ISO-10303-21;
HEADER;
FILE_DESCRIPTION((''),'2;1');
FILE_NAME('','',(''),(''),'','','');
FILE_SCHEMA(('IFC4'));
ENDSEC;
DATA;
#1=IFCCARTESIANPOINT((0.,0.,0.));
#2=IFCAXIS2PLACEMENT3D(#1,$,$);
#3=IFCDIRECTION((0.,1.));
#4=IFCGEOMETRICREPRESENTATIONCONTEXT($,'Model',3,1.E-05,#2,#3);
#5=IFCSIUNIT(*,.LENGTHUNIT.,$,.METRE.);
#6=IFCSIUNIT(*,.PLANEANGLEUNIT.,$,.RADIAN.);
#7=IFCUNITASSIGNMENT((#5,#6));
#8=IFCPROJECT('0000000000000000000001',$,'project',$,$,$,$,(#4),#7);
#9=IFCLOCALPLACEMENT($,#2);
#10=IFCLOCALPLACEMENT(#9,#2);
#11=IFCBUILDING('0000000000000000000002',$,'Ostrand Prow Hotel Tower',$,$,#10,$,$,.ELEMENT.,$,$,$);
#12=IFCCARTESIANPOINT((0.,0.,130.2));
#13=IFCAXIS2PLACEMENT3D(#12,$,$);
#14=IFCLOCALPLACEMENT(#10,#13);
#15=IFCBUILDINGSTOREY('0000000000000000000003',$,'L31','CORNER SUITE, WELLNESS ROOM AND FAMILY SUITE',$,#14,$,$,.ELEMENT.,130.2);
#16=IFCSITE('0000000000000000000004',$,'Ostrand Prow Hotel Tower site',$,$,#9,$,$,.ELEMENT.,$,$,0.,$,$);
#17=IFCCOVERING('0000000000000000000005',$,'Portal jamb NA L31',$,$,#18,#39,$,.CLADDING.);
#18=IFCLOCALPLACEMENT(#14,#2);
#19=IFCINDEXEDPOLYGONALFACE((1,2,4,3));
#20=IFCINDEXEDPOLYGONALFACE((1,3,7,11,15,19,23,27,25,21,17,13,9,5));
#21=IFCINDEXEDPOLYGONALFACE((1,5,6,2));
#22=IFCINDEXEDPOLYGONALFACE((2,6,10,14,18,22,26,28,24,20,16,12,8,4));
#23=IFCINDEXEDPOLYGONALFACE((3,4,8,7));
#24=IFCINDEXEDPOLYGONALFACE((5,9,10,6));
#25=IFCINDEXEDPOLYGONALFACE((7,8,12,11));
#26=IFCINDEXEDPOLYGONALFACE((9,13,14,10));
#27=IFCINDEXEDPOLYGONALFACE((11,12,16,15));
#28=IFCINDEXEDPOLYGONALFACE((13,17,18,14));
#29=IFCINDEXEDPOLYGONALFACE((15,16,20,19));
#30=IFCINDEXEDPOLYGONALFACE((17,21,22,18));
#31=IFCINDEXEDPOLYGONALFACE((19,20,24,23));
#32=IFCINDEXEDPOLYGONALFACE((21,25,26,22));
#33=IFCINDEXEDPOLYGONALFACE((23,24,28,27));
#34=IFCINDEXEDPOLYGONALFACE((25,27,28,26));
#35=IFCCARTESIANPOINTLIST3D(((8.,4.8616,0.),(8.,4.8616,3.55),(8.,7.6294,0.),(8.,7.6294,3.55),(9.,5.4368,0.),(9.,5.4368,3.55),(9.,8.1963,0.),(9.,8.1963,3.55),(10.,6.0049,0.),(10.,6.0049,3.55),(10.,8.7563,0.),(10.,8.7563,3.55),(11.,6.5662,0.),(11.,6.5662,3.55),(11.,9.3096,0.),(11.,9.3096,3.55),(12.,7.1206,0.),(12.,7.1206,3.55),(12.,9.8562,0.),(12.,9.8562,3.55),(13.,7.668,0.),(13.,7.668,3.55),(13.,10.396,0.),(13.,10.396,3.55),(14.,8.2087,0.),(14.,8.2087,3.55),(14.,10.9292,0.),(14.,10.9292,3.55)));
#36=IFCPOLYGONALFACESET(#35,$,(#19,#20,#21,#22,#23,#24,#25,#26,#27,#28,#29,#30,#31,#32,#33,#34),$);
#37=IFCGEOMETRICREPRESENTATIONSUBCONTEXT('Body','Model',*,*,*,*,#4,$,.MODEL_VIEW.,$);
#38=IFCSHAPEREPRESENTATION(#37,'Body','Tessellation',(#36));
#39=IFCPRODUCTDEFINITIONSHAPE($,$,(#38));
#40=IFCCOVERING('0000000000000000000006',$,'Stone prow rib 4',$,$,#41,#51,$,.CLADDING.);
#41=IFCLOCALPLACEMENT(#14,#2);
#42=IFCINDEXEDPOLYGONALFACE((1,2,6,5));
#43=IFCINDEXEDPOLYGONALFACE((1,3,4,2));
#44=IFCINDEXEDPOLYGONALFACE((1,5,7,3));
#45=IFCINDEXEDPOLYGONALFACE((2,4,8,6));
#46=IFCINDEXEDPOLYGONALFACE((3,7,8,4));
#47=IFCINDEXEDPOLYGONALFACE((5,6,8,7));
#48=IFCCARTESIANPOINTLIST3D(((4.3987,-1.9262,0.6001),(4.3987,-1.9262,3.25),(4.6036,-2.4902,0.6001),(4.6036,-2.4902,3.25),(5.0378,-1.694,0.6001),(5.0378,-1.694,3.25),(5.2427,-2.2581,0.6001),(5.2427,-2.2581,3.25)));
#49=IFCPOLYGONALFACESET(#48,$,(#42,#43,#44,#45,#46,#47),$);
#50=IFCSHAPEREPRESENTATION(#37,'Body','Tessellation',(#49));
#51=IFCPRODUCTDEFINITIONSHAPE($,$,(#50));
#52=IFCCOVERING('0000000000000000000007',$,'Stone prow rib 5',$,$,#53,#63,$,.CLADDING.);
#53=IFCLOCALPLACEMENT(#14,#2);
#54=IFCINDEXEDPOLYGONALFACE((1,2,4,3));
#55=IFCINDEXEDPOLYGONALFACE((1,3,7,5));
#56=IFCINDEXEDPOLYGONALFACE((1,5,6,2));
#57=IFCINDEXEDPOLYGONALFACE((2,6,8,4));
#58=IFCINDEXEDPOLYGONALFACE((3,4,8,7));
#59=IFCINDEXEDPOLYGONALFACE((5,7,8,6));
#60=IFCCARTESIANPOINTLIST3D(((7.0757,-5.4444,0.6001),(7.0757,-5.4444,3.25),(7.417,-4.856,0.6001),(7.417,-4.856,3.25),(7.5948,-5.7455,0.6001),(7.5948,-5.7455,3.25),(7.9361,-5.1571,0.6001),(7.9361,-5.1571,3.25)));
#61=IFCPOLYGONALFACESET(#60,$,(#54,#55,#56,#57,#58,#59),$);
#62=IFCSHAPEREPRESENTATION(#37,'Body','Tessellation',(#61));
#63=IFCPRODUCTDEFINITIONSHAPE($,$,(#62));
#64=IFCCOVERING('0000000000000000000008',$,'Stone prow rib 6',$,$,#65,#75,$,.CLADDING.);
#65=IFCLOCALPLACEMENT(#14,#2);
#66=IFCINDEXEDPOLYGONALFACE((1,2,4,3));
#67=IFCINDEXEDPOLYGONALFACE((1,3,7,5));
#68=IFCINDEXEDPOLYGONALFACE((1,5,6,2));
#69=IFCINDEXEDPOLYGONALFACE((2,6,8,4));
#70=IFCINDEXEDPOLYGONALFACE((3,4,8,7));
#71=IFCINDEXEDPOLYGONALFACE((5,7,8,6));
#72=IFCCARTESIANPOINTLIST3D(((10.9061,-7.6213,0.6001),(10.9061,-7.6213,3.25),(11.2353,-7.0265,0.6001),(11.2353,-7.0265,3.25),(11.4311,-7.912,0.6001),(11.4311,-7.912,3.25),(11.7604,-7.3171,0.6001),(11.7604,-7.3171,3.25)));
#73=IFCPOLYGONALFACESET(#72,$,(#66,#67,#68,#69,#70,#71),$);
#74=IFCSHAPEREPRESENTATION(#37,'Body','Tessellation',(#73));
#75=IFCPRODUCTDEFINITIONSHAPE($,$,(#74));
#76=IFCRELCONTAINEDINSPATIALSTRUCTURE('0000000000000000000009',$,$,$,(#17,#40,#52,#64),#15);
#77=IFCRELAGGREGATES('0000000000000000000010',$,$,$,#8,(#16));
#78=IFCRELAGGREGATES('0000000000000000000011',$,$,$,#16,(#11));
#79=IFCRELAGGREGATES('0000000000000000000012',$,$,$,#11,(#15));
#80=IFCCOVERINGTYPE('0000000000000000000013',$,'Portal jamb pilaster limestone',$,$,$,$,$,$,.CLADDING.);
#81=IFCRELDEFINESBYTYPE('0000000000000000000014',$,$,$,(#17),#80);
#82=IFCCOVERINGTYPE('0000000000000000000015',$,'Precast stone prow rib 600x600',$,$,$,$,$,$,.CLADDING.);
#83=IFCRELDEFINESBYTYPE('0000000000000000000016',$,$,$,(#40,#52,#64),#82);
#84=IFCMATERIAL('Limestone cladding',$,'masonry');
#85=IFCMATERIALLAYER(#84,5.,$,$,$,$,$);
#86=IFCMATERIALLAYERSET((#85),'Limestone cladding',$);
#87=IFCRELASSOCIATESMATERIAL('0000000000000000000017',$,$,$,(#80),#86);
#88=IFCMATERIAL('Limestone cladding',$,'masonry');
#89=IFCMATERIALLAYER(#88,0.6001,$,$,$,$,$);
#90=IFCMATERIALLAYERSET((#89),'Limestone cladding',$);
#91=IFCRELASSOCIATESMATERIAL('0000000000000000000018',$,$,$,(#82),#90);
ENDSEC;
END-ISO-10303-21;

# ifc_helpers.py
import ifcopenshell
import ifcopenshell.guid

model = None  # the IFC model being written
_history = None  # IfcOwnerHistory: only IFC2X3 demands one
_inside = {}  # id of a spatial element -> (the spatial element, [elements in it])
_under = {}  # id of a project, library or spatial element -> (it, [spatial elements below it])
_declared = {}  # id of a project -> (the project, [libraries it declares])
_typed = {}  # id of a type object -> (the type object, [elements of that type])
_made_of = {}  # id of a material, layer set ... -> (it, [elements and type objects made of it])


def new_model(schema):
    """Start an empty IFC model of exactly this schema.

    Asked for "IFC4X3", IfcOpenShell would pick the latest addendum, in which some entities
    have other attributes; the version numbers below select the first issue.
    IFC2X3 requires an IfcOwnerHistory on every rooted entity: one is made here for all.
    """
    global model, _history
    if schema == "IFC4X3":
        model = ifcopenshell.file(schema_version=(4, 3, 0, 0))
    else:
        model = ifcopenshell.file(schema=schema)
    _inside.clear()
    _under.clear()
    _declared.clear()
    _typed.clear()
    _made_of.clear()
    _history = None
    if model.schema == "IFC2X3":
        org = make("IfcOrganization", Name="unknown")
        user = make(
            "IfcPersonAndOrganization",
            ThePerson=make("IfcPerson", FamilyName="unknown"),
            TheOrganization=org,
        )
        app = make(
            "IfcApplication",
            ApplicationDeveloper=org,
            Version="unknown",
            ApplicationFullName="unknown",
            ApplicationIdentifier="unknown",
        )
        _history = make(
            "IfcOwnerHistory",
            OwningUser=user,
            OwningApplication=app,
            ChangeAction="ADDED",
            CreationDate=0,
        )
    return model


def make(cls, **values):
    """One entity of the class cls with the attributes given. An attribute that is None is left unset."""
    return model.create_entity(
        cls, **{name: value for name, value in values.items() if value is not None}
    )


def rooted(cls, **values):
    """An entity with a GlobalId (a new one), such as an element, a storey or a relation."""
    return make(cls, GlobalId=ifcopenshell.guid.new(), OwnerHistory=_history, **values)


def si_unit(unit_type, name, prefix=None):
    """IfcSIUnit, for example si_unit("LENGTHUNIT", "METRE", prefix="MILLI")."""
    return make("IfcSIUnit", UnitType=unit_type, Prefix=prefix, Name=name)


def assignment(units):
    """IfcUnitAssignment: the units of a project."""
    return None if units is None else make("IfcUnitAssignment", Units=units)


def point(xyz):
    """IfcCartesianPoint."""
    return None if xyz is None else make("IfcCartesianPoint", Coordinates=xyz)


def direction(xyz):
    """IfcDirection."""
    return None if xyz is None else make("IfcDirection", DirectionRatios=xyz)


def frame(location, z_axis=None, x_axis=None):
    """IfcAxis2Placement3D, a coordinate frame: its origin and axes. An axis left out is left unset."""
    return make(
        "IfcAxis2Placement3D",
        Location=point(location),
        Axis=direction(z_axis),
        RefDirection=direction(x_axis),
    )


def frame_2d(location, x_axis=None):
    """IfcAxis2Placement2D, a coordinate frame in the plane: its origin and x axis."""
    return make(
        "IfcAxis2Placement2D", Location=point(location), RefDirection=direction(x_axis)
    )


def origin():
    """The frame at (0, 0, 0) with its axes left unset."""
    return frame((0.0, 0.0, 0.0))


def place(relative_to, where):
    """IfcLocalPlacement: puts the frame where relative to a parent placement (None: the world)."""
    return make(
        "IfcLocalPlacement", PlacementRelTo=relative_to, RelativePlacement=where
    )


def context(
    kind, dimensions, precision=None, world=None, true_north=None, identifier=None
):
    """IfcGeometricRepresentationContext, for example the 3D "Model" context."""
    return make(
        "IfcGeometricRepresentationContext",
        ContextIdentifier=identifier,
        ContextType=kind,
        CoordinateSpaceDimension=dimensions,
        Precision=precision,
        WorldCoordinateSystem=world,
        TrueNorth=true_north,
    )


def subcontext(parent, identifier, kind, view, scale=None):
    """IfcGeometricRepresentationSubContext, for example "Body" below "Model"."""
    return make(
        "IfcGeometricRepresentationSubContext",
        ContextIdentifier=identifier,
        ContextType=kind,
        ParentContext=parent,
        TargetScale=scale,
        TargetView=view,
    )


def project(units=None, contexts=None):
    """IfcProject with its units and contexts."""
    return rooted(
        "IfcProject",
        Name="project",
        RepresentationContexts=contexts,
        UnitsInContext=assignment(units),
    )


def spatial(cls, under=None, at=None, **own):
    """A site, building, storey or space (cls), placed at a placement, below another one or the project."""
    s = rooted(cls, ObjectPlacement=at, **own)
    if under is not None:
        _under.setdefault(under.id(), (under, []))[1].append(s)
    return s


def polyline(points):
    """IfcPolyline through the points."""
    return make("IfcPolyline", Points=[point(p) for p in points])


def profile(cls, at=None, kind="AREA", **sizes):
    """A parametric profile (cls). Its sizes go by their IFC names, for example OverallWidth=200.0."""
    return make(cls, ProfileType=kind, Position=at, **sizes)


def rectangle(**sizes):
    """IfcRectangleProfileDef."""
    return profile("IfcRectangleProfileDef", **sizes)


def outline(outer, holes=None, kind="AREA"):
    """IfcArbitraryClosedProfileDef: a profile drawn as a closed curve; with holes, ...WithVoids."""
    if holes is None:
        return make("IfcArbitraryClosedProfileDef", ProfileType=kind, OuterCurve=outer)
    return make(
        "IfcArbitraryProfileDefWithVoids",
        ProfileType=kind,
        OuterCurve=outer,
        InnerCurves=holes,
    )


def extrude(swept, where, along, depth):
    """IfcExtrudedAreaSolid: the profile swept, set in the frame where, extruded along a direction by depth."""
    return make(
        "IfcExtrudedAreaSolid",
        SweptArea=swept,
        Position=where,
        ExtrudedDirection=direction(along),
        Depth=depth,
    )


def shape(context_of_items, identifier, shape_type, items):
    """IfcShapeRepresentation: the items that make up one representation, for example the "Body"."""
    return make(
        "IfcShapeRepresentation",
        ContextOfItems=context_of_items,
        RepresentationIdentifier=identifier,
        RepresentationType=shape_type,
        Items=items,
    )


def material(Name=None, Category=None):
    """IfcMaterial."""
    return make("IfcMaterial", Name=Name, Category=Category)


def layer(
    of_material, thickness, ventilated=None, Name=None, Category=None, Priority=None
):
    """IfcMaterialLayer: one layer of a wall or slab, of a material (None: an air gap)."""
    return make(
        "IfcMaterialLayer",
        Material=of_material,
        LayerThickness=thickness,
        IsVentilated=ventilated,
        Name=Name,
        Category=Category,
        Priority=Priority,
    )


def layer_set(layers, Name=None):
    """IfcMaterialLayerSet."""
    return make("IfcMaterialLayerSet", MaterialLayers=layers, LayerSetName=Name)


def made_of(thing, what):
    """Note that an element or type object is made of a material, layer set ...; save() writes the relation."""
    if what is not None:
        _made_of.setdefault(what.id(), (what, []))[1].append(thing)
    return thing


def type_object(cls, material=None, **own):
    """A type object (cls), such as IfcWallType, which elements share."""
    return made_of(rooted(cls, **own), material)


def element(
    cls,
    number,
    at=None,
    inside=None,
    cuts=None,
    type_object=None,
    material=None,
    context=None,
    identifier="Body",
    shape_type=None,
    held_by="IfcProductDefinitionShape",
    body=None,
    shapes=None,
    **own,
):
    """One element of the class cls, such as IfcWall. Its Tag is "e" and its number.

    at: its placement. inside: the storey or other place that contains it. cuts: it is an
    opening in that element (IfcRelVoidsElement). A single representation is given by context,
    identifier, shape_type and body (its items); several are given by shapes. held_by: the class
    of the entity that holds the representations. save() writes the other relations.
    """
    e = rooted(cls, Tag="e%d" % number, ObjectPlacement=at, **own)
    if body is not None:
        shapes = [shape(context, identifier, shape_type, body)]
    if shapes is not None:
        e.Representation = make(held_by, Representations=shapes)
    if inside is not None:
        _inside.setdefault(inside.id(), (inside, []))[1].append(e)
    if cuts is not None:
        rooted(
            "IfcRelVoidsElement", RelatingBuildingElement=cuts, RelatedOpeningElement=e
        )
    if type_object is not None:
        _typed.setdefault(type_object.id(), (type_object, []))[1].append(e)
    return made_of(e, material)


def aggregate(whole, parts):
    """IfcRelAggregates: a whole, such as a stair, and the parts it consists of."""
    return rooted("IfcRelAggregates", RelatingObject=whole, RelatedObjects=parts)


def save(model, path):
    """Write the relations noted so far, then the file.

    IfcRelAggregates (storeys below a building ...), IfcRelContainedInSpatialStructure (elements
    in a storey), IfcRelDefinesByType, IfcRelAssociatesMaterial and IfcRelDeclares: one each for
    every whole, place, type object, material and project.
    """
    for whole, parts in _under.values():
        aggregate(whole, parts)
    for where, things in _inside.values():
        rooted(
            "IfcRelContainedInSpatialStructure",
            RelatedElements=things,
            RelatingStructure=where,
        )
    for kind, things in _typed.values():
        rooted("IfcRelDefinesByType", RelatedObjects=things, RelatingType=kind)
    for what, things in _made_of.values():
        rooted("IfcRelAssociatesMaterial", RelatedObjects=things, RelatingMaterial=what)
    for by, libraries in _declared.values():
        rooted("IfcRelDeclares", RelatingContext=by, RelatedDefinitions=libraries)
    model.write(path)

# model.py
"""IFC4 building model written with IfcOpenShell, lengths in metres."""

from ifc_helpers import new_model, si_unit, direction, frame, frame_2d, origin, place, context, subcontext, project, spatial, polyline, rectangle, outline, extrude, material, layer, layer_set, type_object, element, save


model = new_model("IFC4")

# Units and contexts
model_context = context("Model", 3, precision=1e-05, world=origin(), true_north=direction((0.0, 1.0)))
body_context = subcontext(model_context, "Body", "Model", "MODEL_VIEW")
ifc_project = project(units=[si_unit("LENGTHUNIT", "METRE"), si_unit("PLANEANGLEUNIT", "RADIAN")], contexts=[model_context])

# Site, building, storey
site_placement = place(None, origin())
site = spatial("IfcSite", under=ifc_project, at=site_placement, Name="Ostrand Prow Hotel Tower site", CompositionType="ELEMENT", RefElevation=0.0)
building_placement = place(site_placement, origin())
building = spatial("IfcBuilding", under=site, at=building_placement, Name="Ostrand Prow Hotel Tower", CompositionType="ELEMENT")
storey_placement = place(building_placement, frame((0.0, 0.0, 130.2)))
storey = spatial("IfcBuildingStorey", under=building, at=storey_placement, Name="L31", Description="CORNER SUITE, WELLNESS ROOM AND FAMILY SUITE", CompositionType="ELEMENT", Elevation=130.2)

# Coverings
ifc_material_1 = material(Name="Limestone cladding", Category="masonry")
ifc_layer_1 = layer(ifc_material_1, 5.0)
ifc_layer_set_1 = layer_set([ifc_layer_1], Name="Limestone cladding")
covering_type_1 = type_object("IfcCoveringType", Name="Portal jamb pilaster limestone", PredefinedType="CLADDING", material=ifc_layer_set_1)
covering_1_placement = place(storey_placement, origin())
element("IfcCovering", 1, at=covering_1_placement, inside=storey, type_object=covering_type_1, Name="Portal jamb NA L31", PredefinedType="CLADDING", context=body_context, shape_type="SweptSolid", body=[
    extrude(outline(polyline([(8.0, 4.8616), (9.0, 5.4368), (10.0, 6.0049), (11.0, 6.5662), (12.0, 7.1206), (13.0, 7.668), (14.0, 8.2087), (14.0, 10.9292), (13.0, 10.396), (12.0, 9.8562), (11.0, 9.3096), (10.0, 8.7563), (9.0, 8.1963), (8.0, 7.6294), (8.0, 4.8616)])), origin(), (0.0, 0.0, 1.0), 3.55),
])
ifc_material_2 = material(Name="Limestone cladding", Category="masonry")
ifc_layer_2 = layer(ifc_material_2, 0.6001)
ifc_layer_set_2 = layer_set([ifc_layer_2], Name="Limestone cladding")
covering_type_2 = type_object("IfcCoveringType", Name="Precast stone prow rib 600x600", PredefinedType="CLADDING", material=ifc_layer_set_2)
covering_2_placement = place(storey_placement, frame((5.1401, -1.9761, 0.6001), z_axis=(0.0, 0.0, 1.0), x_axis=(-0.939909, -0.341426, 0.0)))
element("IfcCovering", 2, at=covering_2_placement, inside=storey, type_object=covering_type_2, Name="Stone prow rib 4", PredefinedType="CLADDING", context=body_context, shape_type="SweptSolid", body=[
    extrude(rectangle(XDim=0.6799, YDim=0.6001, at=frame_2d((0.3398, 0.0))), origin(), (0.0, 0.0, 1.0), 2.6499),
])
covering_3_placement = place(storey_placement, frame((7.6765, -5.0066, 0.6001), z_axis=(0.0, 0.0, 1.0), x_axis=(-0.501772, -0.865, 0.0)))
element("IfcCovering", 3, at=covering_3_placement, inside=storey, type_object=covering_type_2, Name="Stone prow rib 5", PredefinedType="CLADDING", context=body_context, shape_type="SweptSolid", body=[
    extrude(rectangle(XDim=0.6802, YDim=0.6001, at=frame_2d((0.3401, 0.0))), origin(), (0.0, 0.0, 1.0), 2.6499),
])
covering_4_placement = place(storey_placement, frame((11.4978, -7.1719, 0.6001), z_axis=(0.0, 0.0, 1.0), x_axis=(-0.484301, -0.874901, 0.0)))
element("IfcCovering", 4, at=covering_4_placement, inside=storey, type_object=covering_type_2, Name="Stone prow rib 6", PredefinedType="CLADDING", context=body_context, shape_type="SweptSolid", body=[
    extrude(rectangle(XDim=0.6799, YDim=0.6001, at=frame_2d((0.3398, 0.0))), origin(), (0.0, 0.0, 1.0), 2.6499),
])

save(model, "model.ifc")
